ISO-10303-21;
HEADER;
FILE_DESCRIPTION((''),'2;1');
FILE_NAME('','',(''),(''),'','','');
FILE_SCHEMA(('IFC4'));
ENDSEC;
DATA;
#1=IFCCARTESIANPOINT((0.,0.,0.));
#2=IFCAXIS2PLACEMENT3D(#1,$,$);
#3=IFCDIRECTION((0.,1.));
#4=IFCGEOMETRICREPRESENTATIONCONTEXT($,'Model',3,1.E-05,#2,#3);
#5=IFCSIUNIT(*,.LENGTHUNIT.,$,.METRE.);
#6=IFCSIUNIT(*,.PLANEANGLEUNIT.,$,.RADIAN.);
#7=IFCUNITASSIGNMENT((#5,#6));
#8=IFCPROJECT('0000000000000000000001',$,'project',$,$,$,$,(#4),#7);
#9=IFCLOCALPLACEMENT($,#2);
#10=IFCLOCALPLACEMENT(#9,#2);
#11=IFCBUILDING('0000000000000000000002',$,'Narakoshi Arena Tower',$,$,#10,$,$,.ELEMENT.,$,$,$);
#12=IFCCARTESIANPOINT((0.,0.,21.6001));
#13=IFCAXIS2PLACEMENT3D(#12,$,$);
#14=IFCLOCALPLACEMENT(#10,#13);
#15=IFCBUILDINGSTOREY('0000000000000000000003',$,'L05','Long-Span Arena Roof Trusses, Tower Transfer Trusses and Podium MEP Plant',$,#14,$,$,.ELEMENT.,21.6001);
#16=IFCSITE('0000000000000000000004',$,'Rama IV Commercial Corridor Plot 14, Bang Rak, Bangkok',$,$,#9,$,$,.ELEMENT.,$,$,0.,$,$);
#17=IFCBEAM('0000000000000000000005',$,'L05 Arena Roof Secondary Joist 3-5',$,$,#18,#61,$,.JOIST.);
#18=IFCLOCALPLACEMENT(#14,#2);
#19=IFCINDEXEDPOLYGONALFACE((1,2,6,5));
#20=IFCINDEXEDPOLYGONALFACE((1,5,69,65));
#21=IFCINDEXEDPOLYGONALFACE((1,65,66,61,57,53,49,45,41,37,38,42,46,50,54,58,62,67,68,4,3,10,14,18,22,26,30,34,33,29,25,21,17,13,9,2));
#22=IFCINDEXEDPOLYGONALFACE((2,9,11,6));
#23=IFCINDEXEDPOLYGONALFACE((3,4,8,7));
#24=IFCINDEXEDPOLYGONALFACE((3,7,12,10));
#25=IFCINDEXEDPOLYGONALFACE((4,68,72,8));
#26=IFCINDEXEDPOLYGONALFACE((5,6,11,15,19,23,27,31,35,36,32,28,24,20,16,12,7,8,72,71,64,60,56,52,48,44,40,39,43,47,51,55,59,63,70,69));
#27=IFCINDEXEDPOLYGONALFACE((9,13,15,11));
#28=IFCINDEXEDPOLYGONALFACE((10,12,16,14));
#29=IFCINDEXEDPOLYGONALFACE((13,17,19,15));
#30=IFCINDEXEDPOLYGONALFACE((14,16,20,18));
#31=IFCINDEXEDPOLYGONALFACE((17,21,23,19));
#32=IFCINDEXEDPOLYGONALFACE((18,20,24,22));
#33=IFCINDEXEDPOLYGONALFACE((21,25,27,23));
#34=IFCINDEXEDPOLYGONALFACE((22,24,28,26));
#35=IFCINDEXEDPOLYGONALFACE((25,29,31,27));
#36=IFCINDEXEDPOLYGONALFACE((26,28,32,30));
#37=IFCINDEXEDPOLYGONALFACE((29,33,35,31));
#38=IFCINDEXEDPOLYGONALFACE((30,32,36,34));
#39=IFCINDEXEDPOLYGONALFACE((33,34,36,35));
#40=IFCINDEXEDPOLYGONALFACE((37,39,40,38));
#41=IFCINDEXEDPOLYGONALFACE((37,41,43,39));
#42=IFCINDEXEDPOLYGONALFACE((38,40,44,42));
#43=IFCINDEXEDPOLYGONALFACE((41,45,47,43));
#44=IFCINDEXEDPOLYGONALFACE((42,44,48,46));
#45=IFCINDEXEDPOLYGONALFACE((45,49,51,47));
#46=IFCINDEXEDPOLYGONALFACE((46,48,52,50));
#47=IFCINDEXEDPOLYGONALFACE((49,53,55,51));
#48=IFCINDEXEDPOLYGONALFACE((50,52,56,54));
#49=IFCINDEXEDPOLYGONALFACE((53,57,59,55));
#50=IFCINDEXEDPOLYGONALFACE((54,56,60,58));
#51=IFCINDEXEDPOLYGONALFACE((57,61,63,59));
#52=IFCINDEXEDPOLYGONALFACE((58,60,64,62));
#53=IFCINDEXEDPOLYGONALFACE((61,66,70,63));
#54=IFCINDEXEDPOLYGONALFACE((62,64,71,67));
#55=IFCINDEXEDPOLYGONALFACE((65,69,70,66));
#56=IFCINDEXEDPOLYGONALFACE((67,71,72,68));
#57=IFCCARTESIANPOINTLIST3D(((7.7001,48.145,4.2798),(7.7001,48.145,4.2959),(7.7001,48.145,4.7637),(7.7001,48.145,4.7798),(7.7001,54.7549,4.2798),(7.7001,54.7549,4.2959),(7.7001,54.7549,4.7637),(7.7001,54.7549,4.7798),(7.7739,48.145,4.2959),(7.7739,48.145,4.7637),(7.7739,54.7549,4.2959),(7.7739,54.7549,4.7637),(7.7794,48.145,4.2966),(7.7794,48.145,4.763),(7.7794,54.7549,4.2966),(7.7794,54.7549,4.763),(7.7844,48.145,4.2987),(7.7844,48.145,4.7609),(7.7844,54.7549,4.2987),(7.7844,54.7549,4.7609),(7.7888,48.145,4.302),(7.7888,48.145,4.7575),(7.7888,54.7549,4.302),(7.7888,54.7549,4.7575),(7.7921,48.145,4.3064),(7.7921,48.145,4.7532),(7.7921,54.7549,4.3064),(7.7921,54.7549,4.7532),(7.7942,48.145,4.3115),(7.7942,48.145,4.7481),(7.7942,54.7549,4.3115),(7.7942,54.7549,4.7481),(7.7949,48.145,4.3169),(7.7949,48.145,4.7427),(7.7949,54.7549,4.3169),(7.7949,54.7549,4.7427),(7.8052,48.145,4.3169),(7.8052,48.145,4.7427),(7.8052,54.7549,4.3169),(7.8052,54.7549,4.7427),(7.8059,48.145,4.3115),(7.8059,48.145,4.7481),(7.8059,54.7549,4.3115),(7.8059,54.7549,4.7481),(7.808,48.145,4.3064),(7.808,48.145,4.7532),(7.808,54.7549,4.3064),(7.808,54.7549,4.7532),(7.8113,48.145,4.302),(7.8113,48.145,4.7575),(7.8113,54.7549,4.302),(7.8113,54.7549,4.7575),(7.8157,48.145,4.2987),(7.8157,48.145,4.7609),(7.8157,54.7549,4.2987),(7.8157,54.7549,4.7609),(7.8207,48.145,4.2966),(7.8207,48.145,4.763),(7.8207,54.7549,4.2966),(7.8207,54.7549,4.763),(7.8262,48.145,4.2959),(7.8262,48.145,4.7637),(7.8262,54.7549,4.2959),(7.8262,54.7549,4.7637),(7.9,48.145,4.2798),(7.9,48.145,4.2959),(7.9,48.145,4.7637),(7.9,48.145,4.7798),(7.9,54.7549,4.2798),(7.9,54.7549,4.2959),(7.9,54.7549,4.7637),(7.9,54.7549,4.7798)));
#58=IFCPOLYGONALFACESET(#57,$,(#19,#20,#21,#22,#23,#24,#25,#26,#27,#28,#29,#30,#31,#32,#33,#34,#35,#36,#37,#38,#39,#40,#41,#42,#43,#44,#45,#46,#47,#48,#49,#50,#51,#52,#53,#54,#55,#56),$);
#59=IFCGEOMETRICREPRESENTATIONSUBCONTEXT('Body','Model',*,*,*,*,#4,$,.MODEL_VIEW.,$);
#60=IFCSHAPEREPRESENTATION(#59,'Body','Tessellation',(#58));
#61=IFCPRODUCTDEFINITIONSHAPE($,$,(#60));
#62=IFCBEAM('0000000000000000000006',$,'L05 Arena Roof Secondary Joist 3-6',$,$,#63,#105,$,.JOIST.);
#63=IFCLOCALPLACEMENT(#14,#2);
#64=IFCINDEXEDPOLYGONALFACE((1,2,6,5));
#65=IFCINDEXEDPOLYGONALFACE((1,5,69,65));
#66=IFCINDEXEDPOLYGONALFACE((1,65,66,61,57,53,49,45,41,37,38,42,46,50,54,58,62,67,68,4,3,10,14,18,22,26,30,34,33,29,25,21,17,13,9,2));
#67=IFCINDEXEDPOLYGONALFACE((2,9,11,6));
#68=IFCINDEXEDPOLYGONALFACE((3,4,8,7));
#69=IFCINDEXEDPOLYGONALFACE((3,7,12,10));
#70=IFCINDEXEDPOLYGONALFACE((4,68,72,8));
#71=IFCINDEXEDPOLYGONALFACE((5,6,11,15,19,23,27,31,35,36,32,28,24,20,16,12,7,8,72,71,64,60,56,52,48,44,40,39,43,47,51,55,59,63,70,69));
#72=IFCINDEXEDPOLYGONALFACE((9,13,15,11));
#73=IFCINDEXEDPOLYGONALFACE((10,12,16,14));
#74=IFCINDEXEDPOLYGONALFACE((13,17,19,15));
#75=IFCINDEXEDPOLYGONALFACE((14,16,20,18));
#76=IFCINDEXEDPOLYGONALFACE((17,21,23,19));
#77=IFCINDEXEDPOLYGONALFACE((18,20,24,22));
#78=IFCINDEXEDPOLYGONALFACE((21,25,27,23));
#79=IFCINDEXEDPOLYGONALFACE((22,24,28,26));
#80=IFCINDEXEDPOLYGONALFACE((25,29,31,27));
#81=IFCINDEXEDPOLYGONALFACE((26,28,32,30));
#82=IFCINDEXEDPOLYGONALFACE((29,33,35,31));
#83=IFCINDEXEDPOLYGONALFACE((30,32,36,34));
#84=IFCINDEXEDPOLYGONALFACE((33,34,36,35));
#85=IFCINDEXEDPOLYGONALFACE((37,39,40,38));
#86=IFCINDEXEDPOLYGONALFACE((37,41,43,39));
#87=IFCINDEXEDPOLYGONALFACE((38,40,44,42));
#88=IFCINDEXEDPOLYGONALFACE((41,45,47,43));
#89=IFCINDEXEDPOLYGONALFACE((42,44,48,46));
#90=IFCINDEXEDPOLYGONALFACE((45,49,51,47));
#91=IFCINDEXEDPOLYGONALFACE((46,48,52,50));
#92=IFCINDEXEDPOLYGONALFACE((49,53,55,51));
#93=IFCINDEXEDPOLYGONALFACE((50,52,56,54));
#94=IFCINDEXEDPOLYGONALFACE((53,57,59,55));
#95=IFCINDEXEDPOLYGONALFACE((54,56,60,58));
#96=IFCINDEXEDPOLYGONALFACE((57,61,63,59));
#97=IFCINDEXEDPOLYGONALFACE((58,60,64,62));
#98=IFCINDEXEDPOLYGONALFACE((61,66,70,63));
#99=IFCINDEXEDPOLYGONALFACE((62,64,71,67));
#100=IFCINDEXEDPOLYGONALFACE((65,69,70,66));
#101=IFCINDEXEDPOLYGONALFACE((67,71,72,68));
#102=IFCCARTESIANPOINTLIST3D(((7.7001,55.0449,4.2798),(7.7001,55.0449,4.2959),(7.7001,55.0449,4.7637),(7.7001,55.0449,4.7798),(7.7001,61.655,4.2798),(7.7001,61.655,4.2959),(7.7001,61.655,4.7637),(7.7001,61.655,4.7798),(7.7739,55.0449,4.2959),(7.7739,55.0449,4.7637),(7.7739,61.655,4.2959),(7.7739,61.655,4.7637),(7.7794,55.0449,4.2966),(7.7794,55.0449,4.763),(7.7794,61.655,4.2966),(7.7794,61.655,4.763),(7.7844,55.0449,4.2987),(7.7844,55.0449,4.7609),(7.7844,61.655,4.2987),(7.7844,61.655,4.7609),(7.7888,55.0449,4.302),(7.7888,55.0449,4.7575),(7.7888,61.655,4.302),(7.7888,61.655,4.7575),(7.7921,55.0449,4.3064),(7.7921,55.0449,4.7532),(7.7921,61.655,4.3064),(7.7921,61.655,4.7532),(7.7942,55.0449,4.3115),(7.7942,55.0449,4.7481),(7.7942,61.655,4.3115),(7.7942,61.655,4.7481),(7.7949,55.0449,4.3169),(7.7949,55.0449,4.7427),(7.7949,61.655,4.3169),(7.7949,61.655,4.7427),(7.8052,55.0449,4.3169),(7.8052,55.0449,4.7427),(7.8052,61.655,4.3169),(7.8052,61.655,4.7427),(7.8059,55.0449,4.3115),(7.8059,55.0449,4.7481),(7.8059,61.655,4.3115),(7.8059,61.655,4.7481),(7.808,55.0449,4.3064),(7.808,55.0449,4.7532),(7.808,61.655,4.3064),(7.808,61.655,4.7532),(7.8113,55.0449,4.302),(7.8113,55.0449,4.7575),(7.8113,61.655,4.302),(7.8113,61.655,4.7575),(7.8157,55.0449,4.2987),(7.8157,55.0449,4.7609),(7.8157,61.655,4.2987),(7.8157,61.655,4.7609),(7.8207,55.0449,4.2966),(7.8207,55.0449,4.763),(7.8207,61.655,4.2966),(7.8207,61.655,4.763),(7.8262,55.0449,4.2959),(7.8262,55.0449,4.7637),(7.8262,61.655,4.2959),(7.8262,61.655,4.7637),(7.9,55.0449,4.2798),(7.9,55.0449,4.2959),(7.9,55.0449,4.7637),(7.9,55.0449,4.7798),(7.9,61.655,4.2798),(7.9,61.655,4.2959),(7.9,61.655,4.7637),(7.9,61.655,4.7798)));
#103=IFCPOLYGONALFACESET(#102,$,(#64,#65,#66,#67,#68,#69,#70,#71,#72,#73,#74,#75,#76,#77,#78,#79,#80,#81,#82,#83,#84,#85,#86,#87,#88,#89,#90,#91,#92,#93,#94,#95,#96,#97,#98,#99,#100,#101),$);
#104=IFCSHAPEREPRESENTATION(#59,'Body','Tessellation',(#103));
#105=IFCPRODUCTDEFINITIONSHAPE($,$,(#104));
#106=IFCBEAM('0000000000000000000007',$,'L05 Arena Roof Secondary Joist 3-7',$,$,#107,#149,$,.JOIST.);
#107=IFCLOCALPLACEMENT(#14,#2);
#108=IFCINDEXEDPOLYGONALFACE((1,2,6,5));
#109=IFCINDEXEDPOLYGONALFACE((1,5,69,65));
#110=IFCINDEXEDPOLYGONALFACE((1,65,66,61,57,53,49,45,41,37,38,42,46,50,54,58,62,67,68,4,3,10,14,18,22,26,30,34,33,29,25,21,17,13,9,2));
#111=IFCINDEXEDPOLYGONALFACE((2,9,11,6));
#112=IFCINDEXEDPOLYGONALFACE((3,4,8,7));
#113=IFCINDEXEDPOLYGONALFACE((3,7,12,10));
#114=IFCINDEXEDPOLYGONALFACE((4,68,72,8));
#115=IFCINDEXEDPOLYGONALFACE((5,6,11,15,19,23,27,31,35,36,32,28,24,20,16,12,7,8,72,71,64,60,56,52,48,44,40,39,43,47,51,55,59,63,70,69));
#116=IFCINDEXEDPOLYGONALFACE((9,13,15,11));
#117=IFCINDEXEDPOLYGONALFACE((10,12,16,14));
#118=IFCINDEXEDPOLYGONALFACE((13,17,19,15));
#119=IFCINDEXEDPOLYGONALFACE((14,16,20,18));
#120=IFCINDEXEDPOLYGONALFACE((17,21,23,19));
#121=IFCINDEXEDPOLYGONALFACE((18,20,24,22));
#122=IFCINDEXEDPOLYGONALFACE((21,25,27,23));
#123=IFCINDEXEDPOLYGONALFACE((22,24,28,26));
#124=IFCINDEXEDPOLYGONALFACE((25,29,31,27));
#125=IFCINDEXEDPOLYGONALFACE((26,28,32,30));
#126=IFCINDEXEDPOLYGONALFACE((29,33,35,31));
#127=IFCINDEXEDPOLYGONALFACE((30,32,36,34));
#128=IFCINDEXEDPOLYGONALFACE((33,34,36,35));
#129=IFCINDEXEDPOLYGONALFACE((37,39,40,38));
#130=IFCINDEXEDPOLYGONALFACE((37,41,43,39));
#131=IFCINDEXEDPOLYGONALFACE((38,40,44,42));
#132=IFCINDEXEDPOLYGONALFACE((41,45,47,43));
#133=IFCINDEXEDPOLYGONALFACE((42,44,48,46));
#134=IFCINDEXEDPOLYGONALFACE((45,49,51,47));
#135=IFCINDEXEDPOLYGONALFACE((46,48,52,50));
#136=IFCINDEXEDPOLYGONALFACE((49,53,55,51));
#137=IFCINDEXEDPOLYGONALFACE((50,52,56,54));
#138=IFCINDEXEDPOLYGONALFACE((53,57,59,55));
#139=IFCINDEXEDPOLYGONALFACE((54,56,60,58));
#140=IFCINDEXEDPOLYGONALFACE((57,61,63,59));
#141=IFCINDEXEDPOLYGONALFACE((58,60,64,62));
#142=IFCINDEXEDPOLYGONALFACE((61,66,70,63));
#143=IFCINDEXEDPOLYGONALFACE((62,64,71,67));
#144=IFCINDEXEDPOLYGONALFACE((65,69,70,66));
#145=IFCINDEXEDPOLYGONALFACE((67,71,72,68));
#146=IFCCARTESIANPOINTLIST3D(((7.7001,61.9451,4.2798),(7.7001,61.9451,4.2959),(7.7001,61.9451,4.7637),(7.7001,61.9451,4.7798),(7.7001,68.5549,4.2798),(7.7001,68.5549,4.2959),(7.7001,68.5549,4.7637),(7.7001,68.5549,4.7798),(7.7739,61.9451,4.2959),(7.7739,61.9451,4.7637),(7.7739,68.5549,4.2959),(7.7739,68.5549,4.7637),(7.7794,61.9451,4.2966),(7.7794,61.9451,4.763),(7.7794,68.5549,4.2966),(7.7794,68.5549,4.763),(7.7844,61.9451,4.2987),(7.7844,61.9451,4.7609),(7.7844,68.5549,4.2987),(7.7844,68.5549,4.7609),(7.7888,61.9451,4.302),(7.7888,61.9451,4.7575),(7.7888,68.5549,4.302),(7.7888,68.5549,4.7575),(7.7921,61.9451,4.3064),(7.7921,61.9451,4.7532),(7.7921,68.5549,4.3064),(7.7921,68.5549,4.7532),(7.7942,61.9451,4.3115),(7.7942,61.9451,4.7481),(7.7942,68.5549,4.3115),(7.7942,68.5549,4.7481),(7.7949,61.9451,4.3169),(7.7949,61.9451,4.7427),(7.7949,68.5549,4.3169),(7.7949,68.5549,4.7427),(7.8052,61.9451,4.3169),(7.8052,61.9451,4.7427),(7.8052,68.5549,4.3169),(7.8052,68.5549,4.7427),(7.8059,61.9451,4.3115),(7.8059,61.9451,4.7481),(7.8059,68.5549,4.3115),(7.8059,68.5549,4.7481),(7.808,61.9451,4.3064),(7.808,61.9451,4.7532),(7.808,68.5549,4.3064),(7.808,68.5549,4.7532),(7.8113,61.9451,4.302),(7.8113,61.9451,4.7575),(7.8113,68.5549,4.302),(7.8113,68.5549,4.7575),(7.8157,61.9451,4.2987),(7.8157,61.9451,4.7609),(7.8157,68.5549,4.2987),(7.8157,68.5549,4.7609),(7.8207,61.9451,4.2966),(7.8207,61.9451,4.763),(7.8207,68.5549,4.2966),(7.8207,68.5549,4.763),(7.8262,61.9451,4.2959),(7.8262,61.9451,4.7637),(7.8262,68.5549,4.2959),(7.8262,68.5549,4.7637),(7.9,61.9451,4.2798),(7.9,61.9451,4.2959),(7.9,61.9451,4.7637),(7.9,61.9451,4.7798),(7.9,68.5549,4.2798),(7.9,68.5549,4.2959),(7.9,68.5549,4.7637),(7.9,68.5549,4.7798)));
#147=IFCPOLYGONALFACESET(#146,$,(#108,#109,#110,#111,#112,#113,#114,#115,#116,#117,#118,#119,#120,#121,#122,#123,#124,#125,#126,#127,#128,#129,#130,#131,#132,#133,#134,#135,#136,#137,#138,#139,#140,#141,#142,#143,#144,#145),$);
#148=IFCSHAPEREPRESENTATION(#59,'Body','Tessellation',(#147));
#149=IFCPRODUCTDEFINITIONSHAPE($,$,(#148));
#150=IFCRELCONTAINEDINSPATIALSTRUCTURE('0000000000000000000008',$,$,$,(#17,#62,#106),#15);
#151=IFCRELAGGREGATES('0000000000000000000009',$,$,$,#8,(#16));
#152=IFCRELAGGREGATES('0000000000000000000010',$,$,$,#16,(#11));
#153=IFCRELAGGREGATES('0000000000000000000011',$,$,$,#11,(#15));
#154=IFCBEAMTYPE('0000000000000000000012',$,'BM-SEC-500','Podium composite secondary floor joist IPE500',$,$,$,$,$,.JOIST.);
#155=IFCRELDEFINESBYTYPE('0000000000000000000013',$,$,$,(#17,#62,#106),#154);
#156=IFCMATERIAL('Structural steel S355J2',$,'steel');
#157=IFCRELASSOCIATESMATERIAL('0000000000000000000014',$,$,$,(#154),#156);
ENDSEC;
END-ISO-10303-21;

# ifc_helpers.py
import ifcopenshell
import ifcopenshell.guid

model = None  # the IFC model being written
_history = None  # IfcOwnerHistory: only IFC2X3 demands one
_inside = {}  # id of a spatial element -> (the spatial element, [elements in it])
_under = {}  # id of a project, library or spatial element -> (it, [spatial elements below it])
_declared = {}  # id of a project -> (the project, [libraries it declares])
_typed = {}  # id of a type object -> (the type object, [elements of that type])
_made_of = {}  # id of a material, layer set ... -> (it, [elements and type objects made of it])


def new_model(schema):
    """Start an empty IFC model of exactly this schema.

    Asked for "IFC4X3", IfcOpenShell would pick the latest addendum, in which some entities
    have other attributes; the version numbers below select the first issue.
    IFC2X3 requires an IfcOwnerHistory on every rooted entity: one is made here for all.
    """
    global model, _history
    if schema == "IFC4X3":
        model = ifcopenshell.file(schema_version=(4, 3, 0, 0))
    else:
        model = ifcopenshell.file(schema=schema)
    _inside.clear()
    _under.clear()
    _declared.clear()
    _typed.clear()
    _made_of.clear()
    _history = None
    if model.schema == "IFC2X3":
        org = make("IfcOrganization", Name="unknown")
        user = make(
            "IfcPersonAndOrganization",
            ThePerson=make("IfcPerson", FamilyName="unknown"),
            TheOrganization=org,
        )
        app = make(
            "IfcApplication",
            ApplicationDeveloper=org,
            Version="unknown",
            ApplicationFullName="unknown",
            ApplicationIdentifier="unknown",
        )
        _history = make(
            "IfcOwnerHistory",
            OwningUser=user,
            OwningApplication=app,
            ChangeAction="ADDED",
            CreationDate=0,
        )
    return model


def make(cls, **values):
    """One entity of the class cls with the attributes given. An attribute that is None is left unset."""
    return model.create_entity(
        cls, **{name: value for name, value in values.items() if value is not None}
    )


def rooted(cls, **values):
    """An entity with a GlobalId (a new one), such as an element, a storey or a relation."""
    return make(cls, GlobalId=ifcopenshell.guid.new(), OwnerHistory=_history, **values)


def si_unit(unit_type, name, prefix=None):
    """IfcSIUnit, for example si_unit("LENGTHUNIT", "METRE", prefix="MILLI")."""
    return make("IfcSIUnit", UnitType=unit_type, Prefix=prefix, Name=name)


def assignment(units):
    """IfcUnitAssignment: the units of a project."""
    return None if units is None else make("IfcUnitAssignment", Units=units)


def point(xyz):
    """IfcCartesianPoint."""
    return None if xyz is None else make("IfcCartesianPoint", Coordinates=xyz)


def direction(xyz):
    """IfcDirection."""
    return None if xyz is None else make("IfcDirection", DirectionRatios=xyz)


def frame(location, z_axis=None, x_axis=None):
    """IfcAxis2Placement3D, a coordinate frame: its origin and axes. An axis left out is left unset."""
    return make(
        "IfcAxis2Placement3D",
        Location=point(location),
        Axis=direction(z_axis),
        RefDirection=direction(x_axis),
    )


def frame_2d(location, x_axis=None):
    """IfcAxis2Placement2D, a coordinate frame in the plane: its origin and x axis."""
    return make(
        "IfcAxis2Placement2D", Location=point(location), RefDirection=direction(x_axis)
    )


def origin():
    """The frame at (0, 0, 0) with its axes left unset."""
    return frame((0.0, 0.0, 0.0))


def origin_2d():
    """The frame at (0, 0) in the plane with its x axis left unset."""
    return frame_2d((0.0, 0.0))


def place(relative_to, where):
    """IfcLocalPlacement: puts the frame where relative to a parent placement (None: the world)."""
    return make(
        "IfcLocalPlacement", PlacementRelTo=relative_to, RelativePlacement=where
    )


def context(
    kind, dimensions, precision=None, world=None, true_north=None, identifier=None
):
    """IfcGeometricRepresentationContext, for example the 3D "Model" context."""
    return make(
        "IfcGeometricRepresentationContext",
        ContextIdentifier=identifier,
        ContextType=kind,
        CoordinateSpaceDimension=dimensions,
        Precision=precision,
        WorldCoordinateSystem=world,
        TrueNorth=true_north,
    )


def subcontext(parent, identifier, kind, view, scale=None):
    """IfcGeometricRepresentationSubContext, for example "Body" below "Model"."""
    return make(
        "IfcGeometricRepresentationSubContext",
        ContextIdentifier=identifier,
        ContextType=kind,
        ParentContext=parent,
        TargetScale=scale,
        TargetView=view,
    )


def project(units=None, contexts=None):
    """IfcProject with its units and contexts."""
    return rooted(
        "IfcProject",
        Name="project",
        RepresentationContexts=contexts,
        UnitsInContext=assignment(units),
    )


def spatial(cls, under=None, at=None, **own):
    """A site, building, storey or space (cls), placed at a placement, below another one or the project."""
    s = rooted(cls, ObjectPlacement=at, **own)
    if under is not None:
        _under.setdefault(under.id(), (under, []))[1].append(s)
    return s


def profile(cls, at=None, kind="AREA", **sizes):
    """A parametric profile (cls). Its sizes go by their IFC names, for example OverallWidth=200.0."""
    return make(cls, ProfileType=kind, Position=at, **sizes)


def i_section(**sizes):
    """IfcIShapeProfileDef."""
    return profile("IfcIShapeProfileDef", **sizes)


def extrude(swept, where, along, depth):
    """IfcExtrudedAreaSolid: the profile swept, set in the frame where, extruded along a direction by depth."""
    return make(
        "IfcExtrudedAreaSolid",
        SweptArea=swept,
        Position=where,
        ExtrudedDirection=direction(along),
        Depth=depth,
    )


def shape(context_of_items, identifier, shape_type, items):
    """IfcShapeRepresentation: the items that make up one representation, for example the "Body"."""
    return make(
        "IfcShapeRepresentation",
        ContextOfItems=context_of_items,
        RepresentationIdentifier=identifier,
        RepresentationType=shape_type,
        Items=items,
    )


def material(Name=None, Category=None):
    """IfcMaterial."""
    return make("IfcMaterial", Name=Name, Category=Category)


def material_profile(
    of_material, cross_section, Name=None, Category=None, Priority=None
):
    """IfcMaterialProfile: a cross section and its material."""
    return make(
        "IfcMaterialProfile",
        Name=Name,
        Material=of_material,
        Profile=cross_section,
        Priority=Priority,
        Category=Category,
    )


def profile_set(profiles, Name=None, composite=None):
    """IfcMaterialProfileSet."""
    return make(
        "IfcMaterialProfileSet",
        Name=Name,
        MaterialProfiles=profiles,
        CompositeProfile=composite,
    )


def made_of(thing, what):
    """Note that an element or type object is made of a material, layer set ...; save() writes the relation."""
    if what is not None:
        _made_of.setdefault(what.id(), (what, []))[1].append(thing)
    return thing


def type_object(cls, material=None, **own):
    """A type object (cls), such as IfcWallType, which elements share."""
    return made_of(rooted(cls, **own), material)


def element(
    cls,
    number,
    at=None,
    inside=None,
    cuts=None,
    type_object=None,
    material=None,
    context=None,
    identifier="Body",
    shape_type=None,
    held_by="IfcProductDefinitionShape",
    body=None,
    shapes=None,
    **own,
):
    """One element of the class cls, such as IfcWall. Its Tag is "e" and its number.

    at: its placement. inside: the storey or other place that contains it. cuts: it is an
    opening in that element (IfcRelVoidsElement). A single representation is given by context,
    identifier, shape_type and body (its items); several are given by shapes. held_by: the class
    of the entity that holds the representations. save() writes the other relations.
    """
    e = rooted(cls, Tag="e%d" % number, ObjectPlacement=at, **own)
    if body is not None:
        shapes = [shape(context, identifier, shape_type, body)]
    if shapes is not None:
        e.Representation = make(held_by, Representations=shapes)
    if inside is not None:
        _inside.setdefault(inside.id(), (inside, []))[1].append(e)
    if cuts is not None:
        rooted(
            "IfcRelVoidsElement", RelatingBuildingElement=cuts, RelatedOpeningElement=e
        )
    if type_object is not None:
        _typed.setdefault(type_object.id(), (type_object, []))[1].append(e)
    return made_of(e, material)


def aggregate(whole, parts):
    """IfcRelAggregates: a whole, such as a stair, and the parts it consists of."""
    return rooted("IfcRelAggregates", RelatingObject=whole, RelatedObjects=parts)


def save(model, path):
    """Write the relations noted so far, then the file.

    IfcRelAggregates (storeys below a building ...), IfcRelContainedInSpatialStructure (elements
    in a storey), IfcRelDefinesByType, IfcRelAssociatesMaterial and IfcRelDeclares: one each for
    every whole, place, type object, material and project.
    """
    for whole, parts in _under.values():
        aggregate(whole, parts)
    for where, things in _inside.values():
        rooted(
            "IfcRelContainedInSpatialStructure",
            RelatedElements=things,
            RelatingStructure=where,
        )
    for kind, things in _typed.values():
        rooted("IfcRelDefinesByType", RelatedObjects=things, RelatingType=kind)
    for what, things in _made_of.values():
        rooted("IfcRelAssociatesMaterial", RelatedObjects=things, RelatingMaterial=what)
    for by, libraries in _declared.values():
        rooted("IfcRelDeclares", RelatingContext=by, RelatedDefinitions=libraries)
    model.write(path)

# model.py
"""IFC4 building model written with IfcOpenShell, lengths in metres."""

from ifc_helpers import new_model, si_unit, direction, frame, origin, origin_2d, place, context, subcontext, project, spatial, i_section, extrude, material, material_profile, profile_set, type_object, element, save


model = new_model("IFC4")

# Units and contexts
model_context = context("Model", 3, precision=1e-05, world=origin(), true_north=direction((0.0, 1.0)))
body_context = subcontext(model_context, "Body", "Model", "MODEL_VIEW")
ifc_project = project(units=[si_unit("LENGTHUNIT", "METRE"), si_unit("PLANEANGLEUNIT", "RADIAN")], contexts=[model_context])

# Site, building, storey
site_placement = place(None, origin())
site = spatial("IfcSite", under=ifc_project, at=site_placement, Name="Rama IV Commercial Corridor Plot 14, Bang Rak, Bangkok", CompositionType="ELEMENT", RefElevation=0.0)
building_placement = place(site_placement, origin())
building = spatial("IfcBuilding", under=site, at=building_placement, Name="Narakoshi Arena Tower", CompositionType="ELEMENT")
storey_placement = place(building_placement, frame((0.0, 0.0, 21.6001)))
storey = spatial("IfcBuildingStorey", under=building, at=storey_placement, Name="L05", Description="Long-Span Arena Roof Trusses, Tower Transfer Trusses and Podium MEP Plant", CompositionType="ELEMENT", Elevation=21.6001)

# Beams
ifc_material_1 = material(Name="Structural steel S355J2", Category="steel")
ifc_material_profile_1 = material_profile(ifc_material_1, i_section(OverallWidth=0.2, OverallDepth=0.5, WebThickness=0.0103, FlangeThickness=0.0161, FilletRadius=0.021, at=origin_2d()), Name="IPE500")
ifc_profile_set_1 = profile_set([ifc_material_profile_1], Name="Structural steel S355J2")
beam_type_1 = type_object("IfcBeamType", Name="BM-SEC-500", Description="Podium composite secondary floor joist IPE500", PredefinedType="JOIST", material=ifc_profile_set_1)
beam_1_placement = place(storey_placement, frame((7.8, 48.145, 4.5298), z_axis=(0.0, 1.0, 0.0), x_axis=(-1.0, 0.0, 0.0)))
element("IfcBeam", 1, at=beam_1_placement, inside=storey, type_object=beam_type_1, Name="L05 Arena Roof Secondary Joist 3-5", PredefinedType="JOIST", context=body_context, shape_type="SweptSolid", body=[
    extrude(i_section(OverallWidth=0.2, OverallDepth=0.5, WebThickness=0.0103, FlangeThickness=0.0161, FilletRadius=0.021, at=origin_2d()), origin(), (0.0, 0.0, 1.0), 6.6099),
])
beam_2_placement = place(storey_placement, frame((7.8, 55.0449, 4.5298), z_axis=(0.0, 1.0, 0.0), x_axis=(-1.0, 0.0, 0.0)))
element("IfcBeam", 2, at=beam_2_placement, inside=storey, type_object=beam_type_1, Name="L05 Arena Roof Secondary Joist 3-6", PredefinedType="JOIST", context=body_context, shape_type="SweptSolid", body=[
    extrude(i_section(OverallWidth=0.2, OverallDepth=0.5, WebThickness=0.0103, FlangeThickness=0.0161, FilletRadius=0.021, at=origin_2d()), origin(), (0.0, 0.0, 1.0), 6.6101),
])
beam_3_placement = place(storey_placement, frame((7.8, 61.9451, 4.5298), z_axis=(0.0, 1.0, 0.0), x_axis=(-1.0, 0.0, 0.0)))
element("IfcBeam", 3, at=beam_3_placement, inside=storey, type_object=beam_type_1, Name="L05 Arena Roof Secondary Joist 3-7", PredefinedType="JOIST", context=body_context, shape_type="SweptSolid", body=[
    extrude(i_section(OverallWidth=0.2, OverallDepth=0.5, WebThickness=0.0103, FlangeThickness=0.0161, FilletRadius=0.021, at=origin_2d()), origin(), (0.0, 0.0, 1.0), 6.6099),
])

save(model, "model.ifc")
